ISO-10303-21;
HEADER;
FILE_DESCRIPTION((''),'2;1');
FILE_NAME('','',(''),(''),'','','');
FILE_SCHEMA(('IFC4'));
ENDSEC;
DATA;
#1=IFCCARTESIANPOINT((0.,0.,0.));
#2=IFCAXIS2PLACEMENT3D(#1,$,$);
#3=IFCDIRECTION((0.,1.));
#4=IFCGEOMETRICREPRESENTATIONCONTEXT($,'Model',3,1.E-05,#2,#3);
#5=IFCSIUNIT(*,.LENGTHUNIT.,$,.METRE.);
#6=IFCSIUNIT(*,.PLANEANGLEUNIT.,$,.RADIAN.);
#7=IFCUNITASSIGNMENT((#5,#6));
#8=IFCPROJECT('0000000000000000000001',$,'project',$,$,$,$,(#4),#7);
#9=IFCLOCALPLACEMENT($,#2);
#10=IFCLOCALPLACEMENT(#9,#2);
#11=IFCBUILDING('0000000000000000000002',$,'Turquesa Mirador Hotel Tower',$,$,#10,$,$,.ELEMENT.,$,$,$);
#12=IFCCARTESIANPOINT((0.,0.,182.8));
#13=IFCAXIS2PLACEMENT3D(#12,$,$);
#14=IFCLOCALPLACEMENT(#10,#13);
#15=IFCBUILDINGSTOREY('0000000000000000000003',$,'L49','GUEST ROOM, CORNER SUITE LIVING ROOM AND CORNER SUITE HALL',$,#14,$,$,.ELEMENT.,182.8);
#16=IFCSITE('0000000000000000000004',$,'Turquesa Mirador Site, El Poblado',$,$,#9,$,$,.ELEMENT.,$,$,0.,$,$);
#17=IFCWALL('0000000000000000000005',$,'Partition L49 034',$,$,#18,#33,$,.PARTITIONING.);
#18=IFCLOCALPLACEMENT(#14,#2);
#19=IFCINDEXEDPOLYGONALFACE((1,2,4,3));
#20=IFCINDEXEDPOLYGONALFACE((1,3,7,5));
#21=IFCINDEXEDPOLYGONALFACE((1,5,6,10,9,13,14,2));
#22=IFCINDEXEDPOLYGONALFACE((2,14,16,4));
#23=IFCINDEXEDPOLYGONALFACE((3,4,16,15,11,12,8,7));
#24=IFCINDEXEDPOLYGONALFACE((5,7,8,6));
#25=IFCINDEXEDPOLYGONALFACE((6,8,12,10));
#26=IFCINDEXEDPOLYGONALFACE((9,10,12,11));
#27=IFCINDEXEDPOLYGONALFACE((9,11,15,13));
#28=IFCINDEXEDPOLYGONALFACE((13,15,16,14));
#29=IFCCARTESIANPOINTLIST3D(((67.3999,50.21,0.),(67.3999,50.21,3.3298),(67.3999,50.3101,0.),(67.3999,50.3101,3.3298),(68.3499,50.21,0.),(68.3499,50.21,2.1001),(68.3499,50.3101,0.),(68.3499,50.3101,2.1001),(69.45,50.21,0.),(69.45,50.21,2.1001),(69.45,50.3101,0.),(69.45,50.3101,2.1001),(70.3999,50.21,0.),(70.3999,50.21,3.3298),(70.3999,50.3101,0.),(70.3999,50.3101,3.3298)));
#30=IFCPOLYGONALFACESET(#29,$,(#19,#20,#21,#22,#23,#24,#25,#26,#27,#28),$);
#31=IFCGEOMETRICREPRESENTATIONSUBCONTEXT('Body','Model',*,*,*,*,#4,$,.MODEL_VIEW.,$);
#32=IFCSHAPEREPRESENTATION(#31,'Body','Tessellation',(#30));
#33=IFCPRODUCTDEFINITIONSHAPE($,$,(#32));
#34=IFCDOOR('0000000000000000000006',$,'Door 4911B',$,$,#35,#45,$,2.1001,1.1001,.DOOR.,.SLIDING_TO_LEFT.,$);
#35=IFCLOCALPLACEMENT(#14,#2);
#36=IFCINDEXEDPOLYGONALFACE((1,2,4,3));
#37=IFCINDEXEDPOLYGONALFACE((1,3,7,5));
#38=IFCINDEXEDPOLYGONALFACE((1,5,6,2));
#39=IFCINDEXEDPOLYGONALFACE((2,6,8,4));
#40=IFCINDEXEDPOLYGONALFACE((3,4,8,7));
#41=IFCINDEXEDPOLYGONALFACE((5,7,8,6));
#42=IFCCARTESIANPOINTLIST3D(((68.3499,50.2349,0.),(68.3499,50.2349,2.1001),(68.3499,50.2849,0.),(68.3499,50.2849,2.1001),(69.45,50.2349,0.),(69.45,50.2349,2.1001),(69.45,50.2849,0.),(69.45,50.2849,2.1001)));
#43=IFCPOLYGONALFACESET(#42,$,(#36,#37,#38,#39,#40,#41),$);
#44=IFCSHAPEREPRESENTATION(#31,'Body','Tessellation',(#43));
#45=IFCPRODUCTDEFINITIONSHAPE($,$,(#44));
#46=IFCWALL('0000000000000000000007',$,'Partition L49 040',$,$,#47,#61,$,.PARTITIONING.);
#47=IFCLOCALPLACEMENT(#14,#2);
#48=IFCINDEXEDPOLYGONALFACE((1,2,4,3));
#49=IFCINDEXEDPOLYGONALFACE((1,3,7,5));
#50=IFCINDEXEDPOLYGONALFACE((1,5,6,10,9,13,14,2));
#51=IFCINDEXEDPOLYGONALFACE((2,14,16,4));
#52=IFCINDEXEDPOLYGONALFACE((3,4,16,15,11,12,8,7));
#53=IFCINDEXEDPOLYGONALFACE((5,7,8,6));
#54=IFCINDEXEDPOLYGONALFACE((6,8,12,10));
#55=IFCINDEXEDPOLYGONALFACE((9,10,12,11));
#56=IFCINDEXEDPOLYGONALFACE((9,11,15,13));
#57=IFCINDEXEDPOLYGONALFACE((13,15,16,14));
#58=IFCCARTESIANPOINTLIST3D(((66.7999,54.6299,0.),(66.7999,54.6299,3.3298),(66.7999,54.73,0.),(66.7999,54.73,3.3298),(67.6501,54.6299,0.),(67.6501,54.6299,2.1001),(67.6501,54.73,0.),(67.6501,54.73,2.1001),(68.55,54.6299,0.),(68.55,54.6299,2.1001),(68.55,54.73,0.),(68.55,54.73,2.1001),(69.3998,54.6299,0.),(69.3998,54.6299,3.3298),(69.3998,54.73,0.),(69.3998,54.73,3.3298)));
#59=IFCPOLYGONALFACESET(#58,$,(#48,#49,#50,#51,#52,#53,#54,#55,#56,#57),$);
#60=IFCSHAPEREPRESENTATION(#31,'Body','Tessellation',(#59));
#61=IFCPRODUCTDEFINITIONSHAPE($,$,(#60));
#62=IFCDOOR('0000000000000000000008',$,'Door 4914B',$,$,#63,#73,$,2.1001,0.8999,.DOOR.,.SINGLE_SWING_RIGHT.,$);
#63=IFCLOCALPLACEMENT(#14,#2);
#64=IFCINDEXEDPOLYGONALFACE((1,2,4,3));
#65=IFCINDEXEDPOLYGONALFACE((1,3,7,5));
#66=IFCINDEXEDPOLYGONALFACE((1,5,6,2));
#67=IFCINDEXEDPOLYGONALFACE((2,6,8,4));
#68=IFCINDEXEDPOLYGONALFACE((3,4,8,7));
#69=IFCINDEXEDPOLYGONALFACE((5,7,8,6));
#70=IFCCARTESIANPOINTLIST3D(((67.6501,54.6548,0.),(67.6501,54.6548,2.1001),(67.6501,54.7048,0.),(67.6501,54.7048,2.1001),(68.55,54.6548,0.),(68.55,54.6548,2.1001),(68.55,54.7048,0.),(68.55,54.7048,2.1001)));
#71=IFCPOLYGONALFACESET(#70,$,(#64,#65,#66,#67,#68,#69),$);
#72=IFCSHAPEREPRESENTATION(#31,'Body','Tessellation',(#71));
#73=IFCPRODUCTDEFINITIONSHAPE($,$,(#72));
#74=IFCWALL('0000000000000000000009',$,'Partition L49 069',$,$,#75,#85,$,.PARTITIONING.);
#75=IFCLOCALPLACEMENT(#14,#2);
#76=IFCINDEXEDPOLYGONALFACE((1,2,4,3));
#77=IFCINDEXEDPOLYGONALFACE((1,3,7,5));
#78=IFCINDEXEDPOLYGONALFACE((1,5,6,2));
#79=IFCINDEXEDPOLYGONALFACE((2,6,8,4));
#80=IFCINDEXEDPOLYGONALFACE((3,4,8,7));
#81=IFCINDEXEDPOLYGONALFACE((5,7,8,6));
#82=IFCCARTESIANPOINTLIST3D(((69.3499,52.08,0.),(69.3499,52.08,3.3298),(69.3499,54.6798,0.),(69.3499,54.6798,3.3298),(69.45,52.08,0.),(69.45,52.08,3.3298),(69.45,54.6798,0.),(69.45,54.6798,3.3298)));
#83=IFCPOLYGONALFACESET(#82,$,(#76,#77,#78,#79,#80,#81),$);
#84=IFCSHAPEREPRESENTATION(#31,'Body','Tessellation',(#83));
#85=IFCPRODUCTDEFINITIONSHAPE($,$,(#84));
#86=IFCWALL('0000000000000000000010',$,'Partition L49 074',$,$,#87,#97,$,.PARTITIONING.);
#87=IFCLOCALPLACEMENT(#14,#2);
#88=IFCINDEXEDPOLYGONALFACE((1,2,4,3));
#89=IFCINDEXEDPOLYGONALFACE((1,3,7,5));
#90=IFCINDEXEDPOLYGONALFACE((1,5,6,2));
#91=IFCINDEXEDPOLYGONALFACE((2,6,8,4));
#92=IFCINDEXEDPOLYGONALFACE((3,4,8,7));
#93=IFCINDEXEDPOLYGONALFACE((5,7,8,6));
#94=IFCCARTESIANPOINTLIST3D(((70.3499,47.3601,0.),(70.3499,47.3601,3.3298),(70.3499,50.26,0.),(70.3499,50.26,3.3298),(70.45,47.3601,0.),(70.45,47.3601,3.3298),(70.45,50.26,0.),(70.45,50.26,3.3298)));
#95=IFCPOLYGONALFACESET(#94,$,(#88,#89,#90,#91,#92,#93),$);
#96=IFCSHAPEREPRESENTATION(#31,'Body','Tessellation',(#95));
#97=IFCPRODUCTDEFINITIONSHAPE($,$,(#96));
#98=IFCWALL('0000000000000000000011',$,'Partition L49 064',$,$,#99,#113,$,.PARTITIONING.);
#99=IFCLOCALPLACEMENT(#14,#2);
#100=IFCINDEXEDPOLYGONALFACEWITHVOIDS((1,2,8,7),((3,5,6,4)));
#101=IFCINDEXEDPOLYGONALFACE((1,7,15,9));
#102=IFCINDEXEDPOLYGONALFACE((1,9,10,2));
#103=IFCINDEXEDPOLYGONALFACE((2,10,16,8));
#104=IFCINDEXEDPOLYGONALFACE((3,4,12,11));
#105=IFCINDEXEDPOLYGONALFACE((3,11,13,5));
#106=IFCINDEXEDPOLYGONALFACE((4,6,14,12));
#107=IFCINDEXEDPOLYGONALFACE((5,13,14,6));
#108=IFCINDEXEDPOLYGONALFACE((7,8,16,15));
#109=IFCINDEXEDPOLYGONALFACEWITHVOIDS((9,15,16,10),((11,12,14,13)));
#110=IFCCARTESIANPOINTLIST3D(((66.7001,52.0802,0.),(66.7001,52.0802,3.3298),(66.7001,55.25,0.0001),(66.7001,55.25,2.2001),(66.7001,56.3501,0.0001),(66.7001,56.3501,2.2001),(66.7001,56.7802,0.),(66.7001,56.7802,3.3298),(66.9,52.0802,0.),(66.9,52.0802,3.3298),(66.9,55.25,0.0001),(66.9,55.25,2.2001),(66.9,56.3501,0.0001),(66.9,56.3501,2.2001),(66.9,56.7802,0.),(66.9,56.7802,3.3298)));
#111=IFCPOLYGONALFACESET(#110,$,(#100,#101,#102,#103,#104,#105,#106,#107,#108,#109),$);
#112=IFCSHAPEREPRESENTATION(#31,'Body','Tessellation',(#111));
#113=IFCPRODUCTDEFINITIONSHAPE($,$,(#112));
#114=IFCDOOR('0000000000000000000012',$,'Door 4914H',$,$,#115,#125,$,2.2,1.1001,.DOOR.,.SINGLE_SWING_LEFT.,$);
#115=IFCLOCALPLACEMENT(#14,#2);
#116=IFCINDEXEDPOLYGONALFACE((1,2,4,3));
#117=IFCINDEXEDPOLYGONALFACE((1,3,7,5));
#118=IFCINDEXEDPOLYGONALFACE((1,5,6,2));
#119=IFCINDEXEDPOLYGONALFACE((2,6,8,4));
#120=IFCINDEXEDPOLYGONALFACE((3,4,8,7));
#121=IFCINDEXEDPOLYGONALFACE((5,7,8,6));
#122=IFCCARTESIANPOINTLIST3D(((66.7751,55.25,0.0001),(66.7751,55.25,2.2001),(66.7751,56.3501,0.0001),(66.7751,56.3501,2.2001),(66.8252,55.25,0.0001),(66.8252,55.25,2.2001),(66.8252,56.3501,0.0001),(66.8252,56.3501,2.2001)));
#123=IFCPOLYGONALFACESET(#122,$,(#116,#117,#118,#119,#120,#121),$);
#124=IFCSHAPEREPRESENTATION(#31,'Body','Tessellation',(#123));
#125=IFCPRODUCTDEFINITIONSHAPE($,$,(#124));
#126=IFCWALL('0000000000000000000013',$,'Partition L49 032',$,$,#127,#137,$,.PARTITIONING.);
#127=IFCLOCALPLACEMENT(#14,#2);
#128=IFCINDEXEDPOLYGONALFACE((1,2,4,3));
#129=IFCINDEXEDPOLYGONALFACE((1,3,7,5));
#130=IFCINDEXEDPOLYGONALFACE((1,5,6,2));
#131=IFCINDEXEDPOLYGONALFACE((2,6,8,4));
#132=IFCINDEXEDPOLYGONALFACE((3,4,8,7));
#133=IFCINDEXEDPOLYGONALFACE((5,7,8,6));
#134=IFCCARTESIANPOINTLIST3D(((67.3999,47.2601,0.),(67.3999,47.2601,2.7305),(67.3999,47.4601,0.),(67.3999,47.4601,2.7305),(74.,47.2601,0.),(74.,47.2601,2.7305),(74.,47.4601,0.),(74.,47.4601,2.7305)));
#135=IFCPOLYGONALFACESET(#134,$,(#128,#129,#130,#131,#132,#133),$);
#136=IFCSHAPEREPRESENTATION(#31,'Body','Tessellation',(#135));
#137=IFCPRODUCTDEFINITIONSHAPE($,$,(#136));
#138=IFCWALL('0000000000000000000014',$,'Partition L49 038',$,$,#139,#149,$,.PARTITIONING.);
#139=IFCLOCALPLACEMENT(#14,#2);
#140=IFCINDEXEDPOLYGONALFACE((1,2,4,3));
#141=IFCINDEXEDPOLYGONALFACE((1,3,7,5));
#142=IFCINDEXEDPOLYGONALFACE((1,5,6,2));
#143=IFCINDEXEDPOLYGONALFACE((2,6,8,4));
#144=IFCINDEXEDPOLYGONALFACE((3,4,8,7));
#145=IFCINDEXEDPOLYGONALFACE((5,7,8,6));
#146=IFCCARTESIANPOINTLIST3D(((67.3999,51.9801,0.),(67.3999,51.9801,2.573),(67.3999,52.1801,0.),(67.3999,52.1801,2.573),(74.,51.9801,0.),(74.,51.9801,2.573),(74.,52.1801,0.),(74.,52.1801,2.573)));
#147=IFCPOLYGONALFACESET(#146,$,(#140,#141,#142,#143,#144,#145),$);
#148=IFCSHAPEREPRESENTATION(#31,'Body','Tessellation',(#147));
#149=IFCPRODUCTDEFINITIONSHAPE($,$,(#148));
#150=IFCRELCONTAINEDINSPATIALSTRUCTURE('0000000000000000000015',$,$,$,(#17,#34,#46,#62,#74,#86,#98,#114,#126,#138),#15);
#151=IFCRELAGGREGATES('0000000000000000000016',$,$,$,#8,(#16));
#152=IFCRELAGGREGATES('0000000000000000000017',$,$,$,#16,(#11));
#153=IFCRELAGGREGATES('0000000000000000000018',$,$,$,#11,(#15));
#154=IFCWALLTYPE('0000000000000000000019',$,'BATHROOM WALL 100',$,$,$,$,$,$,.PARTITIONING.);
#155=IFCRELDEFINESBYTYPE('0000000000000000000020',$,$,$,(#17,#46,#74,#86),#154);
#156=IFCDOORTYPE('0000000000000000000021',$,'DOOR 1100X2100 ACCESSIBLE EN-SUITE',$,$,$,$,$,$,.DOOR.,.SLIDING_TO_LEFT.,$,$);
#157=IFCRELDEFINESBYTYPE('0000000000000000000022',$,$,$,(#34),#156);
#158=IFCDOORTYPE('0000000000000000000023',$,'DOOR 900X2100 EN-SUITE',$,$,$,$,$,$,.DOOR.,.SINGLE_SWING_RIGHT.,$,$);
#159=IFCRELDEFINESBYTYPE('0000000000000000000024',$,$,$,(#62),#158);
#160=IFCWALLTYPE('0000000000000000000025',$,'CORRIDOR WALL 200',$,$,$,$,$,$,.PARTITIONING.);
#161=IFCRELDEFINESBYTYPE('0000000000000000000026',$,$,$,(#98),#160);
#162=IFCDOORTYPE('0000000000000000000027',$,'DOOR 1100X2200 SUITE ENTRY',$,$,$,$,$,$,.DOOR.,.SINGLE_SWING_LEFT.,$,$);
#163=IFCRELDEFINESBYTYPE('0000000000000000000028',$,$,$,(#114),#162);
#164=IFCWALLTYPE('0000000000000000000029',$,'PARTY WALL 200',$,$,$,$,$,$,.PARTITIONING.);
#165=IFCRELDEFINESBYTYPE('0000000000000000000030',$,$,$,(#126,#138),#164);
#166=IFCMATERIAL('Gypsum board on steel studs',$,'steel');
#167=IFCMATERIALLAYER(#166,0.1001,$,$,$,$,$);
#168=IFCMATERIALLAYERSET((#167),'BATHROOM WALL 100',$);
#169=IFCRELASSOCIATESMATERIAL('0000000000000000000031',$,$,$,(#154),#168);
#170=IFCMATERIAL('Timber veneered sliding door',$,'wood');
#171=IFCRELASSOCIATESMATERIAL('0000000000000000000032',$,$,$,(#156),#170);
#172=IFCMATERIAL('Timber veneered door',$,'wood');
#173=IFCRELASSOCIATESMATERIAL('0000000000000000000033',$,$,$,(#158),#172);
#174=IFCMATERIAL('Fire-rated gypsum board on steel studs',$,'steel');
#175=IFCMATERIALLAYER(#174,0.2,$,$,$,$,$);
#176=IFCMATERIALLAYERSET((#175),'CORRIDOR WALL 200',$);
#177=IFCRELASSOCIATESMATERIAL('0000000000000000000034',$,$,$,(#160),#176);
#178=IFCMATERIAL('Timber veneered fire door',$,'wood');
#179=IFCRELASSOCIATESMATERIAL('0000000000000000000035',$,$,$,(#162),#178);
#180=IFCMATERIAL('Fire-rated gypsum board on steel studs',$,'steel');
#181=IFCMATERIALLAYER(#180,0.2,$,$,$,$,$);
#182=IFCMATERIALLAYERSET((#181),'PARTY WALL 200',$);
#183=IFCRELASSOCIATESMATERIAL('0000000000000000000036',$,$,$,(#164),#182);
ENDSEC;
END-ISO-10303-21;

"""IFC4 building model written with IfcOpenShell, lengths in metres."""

from ifc_helpers import new_model, si_unit, direction, frame, frame_2d, origin, place, context, subcontext, project, spatial, rectangle, extrude, material, layer, layer_set, type_object, element, fill, save


model = new_model("IFC4")

# Units and contexts
model_context = context("Model", 3, precision=1e-05, world=origin(), true_north=direction((0.0, 1.0)))
body_context = subcontext(model_context, "Body", "Model", "MODEL_VIEW")
ifc_project = project(units=[si_unit("LENGTHUNIT", "METRE"), si_unit("PLANEANGLEUNIT", "RADIAN")], contexts=[model_context])

# Site, building, storey
site_placement = place(None, origin())
site = spatial("IfcSite", under=ifc_project, at=site_placement, Name="Turquesa Mirador Site, El Poblado", CompositionType="ELEMENT", RefElevation=0.0)
building_placement = place(site_placement, origin())
building = spatial("IfcBuilding", under=site, at=building_placement, Name="Turquesa Mirador Hotel Tower", CompositionType="ELEMENT")
storey_placement = place(building_placement, frame((0.0, 0.0, 182.8)))
storey = spatial("IfcBuildingStorey", under=building, at=storey_placement, Name="L49", Description="GUEST ROOM, CORNER SUITE LIVING ROOM AND CORNER SUITE HALL", CompositionType="ELEMENT", Elevation=182.8)

# Walls, openings, doors
ifc_material_1 = material(Name="Gypsum board on steel studs", Category="steel")
ifc_layer_1 = layer(ifc_material_1, 0.1001)
ifc_layer_set_1 = layer_set([ifc_layer_1], Name="BATHROOM WALL 100")
wall_type_1 = type_object("IfcWallType", Name="BATHROOM WALL 100", PredefinedType="PARTITIONING", material=ifc_layer_set_1)
wall_1_placement = place(storey_placement, frame((67.3999, 50.26, 0.0), z_axis=(0.0, 0.0, 1.0), x_axis=(1.0, 0.0, 0.0)))
wall_1 = element("IfcWall", 1, at=wall_1_placement, inside=storey, type_object=wall_type_1, Name="Partition L49 034", PredefinedType="PARTITIONING", context=body_context, shape_type="SweptSolid", body=[
    extrude(rectangle(XDim=3.0, YDim=0.1001, at=frame_2d((1.5, 0.0))), origin(), (0.0, 0.0, 1.0), 3.3298),
])
opening_1_placement = place(wall_1_placement, frame((0.95, 0.0, 0.0)))
opening_1 = element("IfcOpeningElement", 2, at=opening_1_placement, cuts=wall_1, PredefinedType="OPENING", context=body_context, shape_type="SweptSolid", body=[
    extrude(rectangle(XDim=1.1001, YDim=2.1001, at=frame_2d((0.55, 1.05))), frame((0.0, 0.0601, 0.0), z_axis=(0.0, -1.0, 0.0), x_axis=(1.0, 0.0, 0.0)), (0.0, 0.0, 1.0), 0.1201),
])
ifc_material_2 = material(Name="Timber veneered sliding door", Category="wood")
door_type_1 = type_object("IfcDoorType", Name="DOOR 1100X2100 ACCESSIBLE EN-SUITE", OperationType="SLIDING_TO_LEFT", PredefinedType="DOOR", material=ifc_material_2)
door_1_placement = place(opening_1_placement, origin())
door_1 = element("IfcDoor", 3, at=door_1_placement, inside=storey, type_object=door_type_1, Name="Door 4911B", OperationType="SLIDING_TO_LEFT", OverallHeight=2.1001, OverallWidth=1.1001, PredefinedType="DOOR", context=body_context, shape_type="SweptSolid", body=[
    extrude(rectangle(XDim=1.1001, YDim=2.1001, at=frame_2d((0.55, 1.05))), frame((0.0, 0.0249, 0.0), z_axis=(0.0, -1.0, 0.0), x_axis=(1.0, 0.0, 0.0)), (0.0, 0.0, 1.0), 0.05),
])
fill(opening_1, door_1)
wall_2_placement = place(storey_placement, frame((66.8, 54.6799, 0.0), z_axis=(0.0, 0.0, 1.0), x_axis=(1.0, 0.0, 0.0)))
wall_2 = element("IfcWall", 4, at=wall_2_placement, inside=storey, type_object=wall_type_1, Name="Partition L49 040", PredefinedType="PARTITIONING", context=body_context, shape_type="SweptSolid", body=[
    extrude(rectangle(XDim=2.5999, YDim=0.1001, at=frame_2d((1.2998, 0.0))), origin(), (0.0, 0.0, 1.0), 3.3298),
])
opening_2_placement = place(wall_2_placement, frame((0.8501, 0.0, 0.0)))
opening_2 = element("IfcOpeningElement", 5, at=opening_2_placement, cuts=wall_2, PredefinedType="OPENING", context=body_context, shape_type="SweptSolid", body=[
    extrude(rectangle(XDim=0.8999, YDim=2.1001, at=frame_2d((0.45, 1.05))), frame((0.0, 0.0601, 0.0), z_axis=(0.0, -1.0, 0.0), x_axis=(1.0, 0.0, 0.0)), (0.0, 0.0, 1.0), 0.1201),
])
ifc_material_3 = material(Name="Timber veneered door", Category="wood")
door_type_2 = type_object("IfcDoorType", Name="DOOR 900X2100 EN-SUITE", OperationType="SINGLE_SWING_RIGHT", PredefinedType="DOOR", material=ifc_material_3)
door_2_placement = place(opening_2_placement, origin())
door_2 = element("IfcDoor", 6, at=door_2_placement, inside=storey, type_object=door_type_2, Name="Door 4914B", OperationType="SINGLE_SWING_RIGHT", OverallHeight=2.1001, OverallWidth=0.8999, PredefinedType="DOOR", context=body_context, shape_type="SweptSolid", body=[
    extrude(rectangle(XDim=0.8999, YDim=2.1001, at=frame_2d((0.45, 1.05))), frame((0.0, 0.0249, 0.0), z_axis=(0.0, -1.0, 0.0), x_axis=(1.0, 0.0, 0.0)), (0.0, 0.0, 1.0), 0.05),
])
fill(opening_2, door_2)

# Walls
wall_3_placement = place(storey_placement, frame((69.3999, 52.0801, 0.0), z_axis=(0.0, 0.0, 1.0), x_axis=(0.0, 1.0, 0.0)))
element("IfcWall", 7, at=wall_3_placement, inside=storey, type_object=wall_type_1, Name="Partition L49 069", PredefinedType="PARTITIONING", context=body_context, shape_type="SweptSolid", body=[
    extrude(rectangle(XDim=2.5999, YDim=0.1001, at=frame_2d((1.2998, 0.0))), origin(), (0.0, 0.0, 1.0), 3.3298),
])
wall_4_placement = place(storey_placement, frame((70.3999, 47.3601, 0.0), z_axis=(0.0, 0.0, 1.0), x_axis=(0.0, 1.0, 0.0)))
element("IfcWall", 8, at=wall_4_placement, inside=storey, type_object=wall_type_1, Name="Partition L49 074", PredefinedType="PARTITIONING", context=body_context, shape_type="SweptSolid", body=[
    extrude(rectangle(XDim=2.8999, YDim=0.1001, at=frame_2d((1.45, 0.0))), origin(), (0.0, 0.0, 1.0), 3.3298),
])

# Wall, opening, door
ifc_material_4 = material(Name="Fire-rated gypsum board on steel studs", Category="steel")
ifc_layer_2 = layer(ifc_material_4, 0.2)
ifc_layer_set_2 = layer_set([ifc_layer_2], Name="CORRIDOR WALL 200")
wall_type_2 = type_object("IfcWallType", Name="CORRIDOR WALL 200", PredefinedType="PARTITIONING", material=ifc_layer_set_2)
wall_5_placement = place(storey_placement, frame((66.8, 52.0801, 0.0), z_axis=(0.0, 0.0, 1.0), x_axis=(0.0, 1.0, 0.0)))
wall_5 = element("IfcWall", 9, at=wall_5_placement, inside=storey, type_object=wall_type_2, Name="Partition L49 064", PredefinedType="PARTITIONING", context=body_context, shape_type="SweptSolid", body=[
    extrude(rectangle(XDim=4.7, YDim=0.2, at=frame_2d((2.3501, 0.0))), origin(), (0.0, 0.0, 1.0), 3.3298),
])
opening_3_placement = place(wall_5_placement, frame((3.1699, 0.0, 0.0)))
opening_3 = element("IfcOpeningElement", 10, at=opening_3_placement, cuts=wall_5, PredefinedType="OPENING", context=body_context, shape_type="SweptSolid", body=[
    extrude(rectangle(XDim=1.1001, YDim=2.2, at=frame_2d((0.55, 1.1001))), frame((0.0, 0.1099, 0.0), z_axis=(0.0, -1.0, 0.0), x_axis=(1.0, 0.0, 0.0)), (0.0, 0.0, 1.0), 0.22),
])
ifc_material_5 = material(Name="Timber veneered fire door", Category="wood")
door_type_3 = type_object("IfcDoorType", Name="DOOR 1100X2200 SUITE ENTRY", OperationType="SINGLE_SWING_LEFT", PredefinedType="DOOR", material=ifc_material_5)
door_3_placement = place(opening_3_placement, origin())
door_3 = element("IfcDoor", 11, at=door_3_placement, inside=storey, type_object=door_type_3, Name="Door 4914H", OperationType="SINGLE_SWING_LEFT", OverallHeight=2.2, OverallWidth=1.1001, PredefinedType="DOOR", context=body_context, shape_type="SweptSolid", body=[
    extrude(rectangle(XDim=1.1001, YDim=2.2, at=frame_2d((0.55, 1.1001))), frame((0.0, 0.0249, 0.0), z_axis=(0.0, -1.0, 0.0), x_axis=(1.0, 0.0, 0.0)), (0.0, 0.0, 1.0), 0.05),
])
fill(opening_3, door_3)

# Walls
ifc_material_6 = material(Name="Fire-rated gypsum board on steel studs", Category="steel")
ifc_layer_3 = layer(ifc_material_6, 0.2)
ifc_layer_set_3 = layer_set([ifc_layer_3], Name="PARTY WALL 200")
wall_type_3 = type_object("IfcWallType", Name="PARTY WALL 200", PredefinedType="PARTITIONING", material=ifc_layer_set_3)
wall_6_placement = place(storey_placement, frame((67.3999, 47.3601, 0.0), z_axis=(0.0, 0.0, 1.0), x_axis=(1.0, 0.0, 0.0)))
element("IfcWall", 12, at=wall_6_placement, inside=storey, type_object=wall_type_3, Name="Partition L49 032", PredefinedType="PARTITIONING", context=body_context, shape_type="SweptSolid", body=[
    extrude(rectangle(XDim=6.6001, YDim=0.2, at=frame_2d((3.3, 0.0))), origin(), (0.0, 0.0, 1.0), 2.7305),
])
wall_7_placement = place(storey_placement, frame((67.3999, 52.0801, 0.0), z_axis=(0.0, 0.0, 1.0), x_axis=(1.0, 0.0, 0.0)))
element("IfcWall", 13, at=wall_7_placement, inside=storey, type_object=wall_type_3, Name="Partition L49 038", PredefinedType="PARTITIONING", context=body_context, shape_type="SweptSolid", body=[
    extrude(rectangle(XDim=6.6001, YDim=0.2, at=frame_2d((3.3, 0.0))), origin(), (0.0, 0.0, 1.0), 2.573),
])

save(model, "model.ifc")
